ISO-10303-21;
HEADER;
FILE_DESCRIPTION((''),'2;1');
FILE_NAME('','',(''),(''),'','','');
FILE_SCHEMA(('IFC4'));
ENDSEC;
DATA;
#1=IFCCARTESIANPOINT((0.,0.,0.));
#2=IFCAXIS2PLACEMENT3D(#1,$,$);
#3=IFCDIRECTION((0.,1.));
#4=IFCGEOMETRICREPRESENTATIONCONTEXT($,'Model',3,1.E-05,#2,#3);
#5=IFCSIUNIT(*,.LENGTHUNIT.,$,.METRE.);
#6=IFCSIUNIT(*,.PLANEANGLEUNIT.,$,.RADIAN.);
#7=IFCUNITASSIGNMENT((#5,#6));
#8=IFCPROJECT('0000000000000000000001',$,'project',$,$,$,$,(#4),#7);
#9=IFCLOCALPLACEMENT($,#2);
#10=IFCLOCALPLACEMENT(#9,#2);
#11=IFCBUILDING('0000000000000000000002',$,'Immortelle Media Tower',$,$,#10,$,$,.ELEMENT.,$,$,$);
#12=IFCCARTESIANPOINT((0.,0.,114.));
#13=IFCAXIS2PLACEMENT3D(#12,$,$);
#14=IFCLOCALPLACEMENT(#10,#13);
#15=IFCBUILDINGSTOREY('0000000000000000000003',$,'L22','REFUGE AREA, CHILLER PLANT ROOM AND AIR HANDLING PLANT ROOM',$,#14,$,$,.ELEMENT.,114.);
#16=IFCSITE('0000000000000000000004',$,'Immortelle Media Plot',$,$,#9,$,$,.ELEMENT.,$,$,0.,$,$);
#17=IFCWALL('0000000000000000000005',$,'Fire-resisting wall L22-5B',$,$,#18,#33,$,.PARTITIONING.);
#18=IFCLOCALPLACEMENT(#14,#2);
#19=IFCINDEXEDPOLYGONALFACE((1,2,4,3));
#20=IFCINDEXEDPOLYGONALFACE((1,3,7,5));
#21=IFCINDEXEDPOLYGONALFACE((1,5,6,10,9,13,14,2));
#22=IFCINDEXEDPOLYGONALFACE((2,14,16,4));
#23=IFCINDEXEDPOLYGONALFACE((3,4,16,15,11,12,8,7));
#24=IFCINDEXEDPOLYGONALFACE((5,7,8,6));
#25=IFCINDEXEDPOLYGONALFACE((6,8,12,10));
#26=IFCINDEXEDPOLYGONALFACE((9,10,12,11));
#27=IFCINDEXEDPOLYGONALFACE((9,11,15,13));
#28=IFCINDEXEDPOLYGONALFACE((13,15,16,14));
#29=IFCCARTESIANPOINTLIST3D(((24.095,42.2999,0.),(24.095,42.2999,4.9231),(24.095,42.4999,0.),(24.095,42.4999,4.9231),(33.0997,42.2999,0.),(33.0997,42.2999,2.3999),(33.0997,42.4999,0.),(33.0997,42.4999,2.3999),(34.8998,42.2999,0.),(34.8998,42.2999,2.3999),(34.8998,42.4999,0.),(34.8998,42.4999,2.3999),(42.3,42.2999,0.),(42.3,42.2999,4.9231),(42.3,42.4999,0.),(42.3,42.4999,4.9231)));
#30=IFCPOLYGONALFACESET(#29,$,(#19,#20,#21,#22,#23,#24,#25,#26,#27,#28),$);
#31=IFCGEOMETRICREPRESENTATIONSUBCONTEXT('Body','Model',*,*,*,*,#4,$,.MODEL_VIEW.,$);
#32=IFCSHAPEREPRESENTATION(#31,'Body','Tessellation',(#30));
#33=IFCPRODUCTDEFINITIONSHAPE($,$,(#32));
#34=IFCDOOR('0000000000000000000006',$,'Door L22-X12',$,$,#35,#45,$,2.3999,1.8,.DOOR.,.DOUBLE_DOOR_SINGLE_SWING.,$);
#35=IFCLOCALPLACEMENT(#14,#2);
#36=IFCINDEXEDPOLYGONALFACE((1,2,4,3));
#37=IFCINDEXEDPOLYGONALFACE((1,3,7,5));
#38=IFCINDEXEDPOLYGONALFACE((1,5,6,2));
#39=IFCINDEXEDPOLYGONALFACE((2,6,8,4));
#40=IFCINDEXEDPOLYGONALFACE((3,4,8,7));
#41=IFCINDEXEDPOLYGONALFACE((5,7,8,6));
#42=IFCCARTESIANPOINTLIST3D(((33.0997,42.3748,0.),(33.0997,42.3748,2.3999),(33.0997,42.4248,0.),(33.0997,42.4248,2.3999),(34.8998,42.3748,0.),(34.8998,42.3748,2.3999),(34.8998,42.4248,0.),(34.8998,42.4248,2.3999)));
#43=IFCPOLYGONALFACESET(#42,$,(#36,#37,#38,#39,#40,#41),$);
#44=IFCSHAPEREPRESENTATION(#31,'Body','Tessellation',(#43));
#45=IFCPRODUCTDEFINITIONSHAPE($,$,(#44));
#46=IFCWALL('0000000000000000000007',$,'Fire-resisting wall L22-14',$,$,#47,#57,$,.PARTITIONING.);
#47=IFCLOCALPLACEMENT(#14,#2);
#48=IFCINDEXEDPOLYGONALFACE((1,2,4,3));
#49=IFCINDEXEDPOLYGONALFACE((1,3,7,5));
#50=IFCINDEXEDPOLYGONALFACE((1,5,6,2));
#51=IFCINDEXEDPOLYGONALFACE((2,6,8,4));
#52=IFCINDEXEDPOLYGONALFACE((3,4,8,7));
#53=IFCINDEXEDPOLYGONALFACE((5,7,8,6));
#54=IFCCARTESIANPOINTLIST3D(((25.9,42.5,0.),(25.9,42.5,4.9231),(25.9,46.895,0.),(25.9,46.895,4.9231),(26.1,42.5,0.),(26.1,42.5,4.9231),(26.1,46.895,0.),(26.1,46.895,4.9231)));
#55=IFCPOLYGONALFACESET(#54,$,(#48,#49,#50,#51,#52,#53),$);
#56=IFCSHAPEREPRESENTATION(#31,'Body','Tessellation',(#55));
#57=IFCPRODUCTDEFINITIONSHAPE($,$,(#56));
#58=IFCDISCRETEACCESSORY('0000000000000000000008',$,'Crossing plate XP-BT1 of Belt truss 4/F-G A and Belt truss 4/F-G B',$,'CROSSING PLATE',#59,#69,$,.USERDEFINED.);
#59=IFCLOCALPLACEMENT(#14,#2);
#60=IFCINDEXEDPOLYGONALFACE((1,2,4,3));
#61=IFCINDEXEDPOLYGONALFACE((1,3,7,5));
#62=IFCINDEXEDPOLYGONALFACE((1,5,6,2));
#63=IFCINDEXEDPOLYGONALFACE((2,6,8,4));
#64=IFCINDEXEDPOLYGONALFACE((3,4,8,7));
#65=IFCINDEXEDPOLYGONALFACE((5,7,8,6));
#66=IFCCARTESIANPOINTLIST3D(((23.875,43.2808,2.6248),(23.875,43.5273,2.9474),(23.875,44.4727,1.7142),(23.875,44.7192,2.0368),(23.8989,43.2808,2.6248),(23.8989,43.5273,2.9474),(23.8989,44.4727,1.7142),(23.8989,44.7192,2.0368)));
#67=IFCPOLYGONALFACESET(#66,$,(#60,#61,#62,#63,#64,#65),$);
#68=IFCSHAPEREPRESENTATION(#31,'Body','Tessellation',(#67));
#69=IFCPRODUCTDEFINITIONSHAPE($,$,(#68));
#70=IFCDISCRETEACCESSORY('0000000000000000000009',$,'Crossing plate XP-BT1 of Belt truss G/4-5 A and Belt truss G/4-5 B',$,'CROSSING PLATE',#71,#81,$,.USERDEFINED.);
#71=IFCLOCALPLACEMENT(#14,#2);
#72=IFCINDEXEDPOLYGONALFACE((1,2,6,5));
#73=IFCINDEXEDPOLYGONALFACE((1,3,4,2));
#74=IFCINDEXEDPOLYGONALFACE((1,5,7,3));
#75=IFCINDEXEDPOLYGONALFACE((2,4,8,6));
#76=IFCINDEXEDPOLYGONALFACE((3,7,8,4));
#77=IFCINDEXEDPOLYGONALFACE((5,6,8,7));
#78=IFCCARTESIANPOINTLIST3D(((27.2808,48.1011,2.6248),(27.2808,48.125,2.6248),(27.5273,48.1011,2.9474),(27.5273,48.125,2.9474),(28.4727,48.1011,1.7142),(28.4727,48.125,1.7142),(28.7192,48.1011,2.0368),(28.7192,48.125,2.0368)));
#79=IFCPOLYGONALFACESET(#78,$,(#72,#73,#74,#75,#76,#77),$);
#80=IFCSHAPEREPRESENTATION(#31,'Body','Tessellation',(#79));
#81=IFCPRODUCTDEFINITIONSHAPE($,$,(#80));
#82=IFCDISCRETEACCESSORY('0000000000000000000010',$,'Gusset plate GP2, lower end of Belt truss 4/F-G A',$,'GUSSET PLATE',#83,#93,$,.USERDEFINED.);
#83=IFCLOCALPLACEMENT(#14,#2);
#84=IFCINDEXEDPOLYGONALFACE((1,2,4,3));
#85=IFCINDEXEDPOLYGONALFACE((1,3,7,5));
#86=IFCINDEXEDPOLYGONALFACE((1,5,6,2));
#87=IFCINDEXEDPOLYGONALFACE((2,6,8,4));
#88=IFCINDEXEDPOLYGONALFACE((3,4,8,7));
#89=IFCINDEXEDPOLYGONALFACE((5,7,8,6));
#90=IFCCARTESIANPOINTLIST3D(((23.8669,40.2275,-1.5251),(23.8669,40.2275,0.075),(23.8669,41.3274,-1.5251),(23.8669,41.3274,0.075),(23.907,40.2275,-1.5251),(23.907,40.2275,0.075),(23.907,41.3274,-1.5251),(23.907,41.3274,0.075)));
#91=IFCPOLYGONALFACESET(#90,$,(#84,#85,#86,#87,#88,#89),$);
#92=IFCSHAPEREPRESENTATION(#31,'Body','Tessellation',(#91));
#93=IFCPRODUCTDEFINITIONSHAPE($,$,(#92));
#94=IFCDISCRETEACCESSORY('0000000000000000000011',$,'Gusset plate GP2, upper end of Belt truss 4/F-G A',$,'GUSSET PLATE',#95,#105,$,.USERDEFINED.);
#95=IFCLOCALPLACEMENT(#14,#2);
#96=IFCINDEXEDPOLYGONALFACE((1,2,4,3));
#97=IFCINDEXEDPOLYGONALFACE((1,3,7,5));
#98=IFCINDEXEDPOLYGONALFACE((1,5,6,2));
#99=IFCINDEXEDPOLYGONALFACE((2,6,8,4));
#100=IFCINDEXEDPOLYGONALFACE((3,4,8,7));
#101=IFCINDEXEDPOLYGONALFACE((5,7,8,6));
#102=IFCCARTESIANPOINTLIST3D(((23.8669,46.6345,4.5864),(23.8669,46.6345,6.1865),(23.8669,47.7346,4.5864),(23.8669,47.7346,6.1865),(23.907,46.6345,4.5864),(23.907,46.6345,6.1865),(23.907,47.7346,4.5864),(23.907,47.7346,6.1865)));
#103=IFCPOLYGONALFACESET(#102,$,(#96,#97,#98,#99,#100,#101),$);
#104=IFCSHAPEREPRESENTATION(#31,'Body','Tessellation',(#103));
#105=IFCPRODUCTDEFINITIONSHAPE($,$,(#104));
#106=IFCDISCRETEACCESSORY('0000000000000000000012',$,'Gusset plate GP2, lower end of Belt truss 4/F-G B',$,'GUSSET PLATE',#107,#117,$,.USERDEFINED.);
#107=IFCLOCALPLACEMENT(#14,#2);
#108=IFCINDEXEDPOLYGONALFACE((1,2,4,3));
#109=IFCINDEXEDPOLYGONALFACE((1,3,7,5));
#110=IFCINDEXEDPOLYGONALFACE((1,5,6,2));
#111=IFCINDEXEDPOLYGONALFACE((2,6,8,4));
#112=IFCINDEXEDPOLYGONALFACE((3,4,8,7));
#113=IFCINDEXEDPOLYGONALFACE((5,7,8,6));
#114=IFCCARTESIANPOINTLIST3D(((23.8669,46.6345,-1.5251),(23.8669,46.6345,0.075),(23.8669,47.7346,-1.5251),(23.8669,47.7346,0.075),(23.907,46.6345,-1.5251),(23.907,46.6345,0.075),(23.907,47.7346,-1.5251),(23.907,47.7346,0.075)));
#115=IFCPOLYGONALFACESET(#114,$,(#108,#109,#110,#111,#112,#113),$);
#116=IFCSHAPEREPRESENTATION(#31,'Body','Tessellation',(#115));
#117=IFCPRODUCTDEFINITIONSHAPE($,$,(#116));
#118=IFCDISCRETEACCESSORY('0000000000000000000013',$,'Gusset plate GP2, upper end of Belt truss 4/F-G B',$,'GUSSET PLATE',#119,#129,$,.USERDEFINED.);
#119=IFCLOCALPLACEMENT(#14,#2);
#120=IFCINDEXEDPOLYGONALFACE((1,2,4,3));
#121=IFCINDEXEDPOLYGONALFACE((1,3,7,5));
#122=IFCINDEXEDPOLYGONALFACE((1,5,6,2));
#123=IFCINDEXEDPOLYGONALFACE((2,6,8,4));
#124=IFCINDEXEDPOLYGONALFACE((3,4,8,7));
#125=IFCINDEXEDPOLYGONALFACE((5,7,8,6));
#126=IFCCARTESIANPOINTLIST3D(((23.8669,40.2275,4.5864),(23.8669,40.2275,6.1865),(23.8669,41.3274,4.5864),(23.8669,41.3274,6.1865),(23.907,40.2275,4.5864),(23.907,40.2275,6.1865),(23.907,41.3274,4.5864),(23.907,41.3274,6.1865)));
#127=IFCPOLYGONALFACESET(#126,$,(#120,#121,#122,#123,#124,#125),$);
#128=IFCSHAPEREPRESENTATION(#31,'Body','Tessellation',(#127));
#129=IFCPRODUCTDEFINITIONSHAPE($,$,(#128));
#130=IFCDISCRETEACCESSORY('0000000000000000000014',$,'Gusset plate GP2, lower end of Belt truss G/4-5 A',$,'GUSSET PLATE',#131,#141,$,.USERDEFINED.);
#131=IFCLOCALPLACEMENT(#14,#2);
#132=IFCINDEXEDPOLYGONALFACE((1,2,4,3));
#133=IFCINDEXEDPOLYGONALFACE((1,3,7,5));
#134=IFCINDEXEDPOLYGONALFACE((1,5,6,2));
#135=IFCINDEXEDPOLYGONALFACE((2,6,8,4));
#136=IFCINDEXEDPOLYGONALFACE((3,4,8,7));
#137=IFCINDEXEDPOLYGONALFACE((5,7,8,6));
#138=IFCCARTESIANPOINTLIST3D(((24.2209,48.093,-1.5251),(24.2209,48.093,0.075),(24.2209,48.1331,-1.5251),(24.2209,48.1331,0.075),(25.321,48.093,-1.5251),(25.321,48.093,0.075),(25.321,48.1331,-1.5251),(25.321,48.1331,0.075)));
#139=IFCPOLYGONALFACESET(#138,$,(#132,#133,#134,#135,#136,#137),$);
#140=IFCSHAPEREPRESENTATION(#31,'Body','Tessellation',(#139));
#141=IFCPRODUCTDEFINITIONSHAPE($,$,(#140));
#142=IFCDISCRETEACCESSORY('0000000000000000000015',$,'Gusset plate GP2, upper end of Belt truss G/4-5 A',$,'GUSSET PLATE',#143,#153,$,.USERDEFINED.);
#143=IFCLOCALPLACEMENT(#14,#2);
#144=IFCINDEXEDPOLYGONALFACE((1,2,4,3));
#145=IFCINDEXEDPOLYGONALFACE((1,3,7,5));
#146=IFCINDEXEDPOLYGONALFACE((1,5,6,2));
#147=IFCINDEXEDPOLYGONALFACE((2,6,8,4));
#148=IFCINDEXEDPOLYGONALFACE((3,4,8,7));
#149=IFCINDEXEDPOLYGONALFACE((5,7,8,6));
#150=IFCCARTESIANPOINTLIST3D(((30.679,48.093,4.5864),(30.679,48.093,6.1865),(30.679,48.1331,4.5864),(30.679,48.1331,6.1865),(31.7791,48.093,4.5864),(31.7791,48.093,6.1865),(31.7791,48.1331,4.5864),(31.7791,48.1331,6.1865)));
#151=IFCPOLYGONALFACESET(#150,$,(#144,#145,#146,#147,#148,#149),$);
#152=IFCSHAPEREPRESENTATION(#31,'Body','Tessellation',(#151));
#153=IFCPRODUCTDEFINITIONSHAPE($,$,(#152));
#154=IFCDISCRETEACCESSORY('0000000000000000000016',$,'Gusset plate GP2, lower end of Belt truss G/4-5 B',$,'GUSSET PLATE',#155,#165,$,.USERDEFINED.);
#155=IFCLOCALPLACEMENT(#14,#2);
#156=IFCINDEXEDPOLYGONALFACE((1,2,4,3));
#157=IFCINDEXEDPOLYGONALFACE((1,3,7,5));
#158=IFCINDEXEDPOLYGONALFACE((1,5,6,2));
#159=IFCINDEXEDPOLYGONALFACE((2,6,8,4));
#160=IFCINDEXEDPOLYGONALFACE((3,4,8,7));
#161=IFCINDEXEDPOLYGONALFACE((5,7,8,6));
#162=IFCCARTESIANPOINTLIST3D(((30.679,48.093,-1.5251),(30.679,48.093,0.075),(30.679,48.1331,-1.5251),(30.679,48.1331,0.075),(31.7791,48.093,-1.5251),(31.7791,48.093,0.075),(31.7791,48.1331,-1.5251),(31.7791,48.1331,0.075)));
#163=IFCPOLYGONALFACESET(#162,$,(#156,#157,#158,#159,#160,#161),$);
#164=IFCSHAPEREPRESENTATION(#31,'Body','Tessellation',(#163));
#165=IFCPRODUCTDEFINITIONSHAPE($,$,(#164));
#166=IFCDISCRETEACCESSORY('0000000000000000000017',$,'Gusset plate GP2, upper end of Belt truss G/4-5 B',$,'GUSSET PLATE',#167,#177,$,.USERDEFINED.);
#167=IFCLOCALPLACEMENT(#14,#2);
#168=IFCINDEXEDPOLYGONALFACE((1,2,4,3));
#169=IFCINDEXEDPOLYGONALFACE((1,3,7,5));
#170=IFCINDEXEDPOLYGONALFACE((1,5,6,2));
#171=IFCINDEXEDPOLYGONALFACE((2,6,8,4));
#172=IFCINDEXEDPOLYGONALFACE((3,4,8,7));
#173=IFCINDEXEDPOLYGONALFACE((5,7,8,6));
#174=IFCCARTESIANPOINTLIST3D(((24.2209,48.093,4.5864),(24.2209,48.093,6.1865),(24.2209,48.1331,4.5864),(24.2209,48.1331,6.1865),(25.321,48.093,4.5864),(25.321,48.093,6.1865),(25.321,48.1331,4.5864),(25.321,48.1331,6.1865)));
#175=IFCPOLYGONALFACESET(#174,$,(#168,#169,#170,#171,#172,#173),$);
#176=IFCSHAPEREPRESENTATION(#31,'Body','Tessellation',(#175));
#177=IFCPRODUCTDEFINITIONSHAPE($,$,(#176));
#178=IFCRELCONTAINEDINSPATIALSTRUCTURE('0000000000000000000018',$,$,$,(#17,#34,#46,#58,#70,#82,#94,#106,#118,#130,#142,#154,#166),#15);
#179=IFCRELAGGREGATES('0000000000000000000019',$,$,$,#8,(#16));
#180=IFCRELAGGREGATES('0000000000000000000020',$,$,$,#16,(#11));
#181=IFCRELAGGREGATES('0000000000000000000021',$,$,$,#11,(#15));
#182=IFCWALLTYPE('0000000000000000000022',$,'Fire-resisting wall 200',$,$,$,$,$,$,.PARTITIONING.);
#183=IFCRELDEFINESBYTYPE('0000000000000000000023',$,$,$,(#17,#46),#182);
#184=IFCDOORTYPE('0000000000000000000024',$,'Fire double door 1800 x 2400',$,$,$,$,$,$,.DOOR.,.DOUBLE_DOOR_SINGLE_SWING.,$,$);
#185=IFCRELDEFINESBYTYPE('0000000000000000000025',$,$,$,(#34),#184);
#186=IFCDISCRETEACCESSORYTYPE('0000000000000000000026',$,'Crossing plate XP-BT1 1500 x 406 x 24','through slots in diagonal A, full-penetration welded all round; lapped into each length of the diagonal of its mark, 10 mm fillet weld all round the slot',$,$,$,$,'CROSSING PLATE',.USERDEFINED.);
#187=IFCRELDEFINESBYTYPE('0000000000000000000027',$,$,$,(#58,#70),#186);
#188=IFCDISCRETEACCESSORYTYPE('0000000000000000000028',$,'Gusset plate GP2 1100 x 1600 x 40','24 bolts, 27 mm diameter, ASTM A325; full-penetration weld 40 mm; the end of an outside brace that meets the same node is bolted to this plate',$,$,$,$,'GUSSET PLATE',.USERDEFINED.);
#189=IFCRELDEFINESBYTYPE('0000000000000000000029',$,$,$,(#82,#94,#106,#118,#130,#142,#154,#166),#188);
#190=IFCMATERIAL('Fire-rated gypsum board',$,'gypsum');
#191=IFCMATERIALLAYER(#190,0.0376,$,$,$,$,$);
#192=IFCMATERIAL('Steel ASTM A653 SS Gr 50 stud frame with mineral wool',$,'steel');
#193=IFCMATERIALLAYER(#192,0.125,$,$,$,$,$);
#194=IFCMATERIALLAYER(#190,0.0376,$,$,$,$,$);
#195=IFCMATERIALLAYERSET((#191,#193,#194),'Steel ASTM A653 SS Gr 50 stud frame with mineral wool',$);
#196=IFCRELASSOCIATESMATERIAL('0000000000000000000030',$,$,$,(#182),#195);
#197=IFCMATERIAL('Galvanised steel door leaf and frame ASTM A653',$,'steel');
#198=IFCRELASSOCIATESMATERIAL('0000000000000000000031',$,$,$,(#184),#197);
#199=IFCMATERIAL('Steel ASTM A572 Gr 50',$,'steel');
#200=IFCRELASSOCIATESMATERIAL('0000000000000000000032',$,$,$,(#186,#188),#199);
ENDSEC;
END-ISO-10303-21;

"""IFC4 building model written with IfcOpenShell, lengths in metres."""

from ifc_helpers import new_model, si_unit, direction, frame, frame_2d, origin, origin_2d, place, context, subcontext, project, spatial, rectangle, extrude, material, layer, layer_set, material_profile, profile_set, type_object, element, fill, save


model = new_model("IFC4")

# Units and contexts
model_context = context("Model", 3, precision=1e-05, world=origin(), true_north=direction((0.0, 1.0)))
body_context = subcontext(model_context, "Body", "Model", "MODEL_VIEW")
ifc_project = project(units=[si_unit("LENGTHUNIT", "METRE"), si_unit("PLANEANGLEUNIT", "RADIAN")], contexts=[model_context])

# Site, building, storey
site_placement = place(None, origin())
site = spatial("IfcSite", under=ifc_project, at=site_placement, Name="Immortelle Media Plot", CompositionType="ELEMENT", RefElevation=0.0)
building_placement = place(site_placement, origin())
building = spatial("IfcBuilding", under=site, at=building_placement, Name="Immortelle Media Tower", CompositionType="ELEMENT")
storey_placement = place(building_placement, frame((0.0, 0.0, 114.0)))
storey = spatial("IfcBuildingStorey", under=building, at=storey_placement, Name="L22", Description="REFUGE AREA, CHILLER PLANT ROOM AND AIR HANDLING PLANT ROOM", CompositionType="ELEMENT", Elevation=114.0)

# Wall, opening, door
ifc_material_1 = material(Name="Fire-rated gypsum board", Category="gypsum")
ifc_layer_1 = layer(ifc_material_1, 0.0376)
ifc_material_2 = material(Name="Steel ASTM A653 SS Gr 50 stud frame with mineral wool", Category="steel")
ifc_layer_2 = layer(ifc_material_2, 0.125)
ifc_layer_3 = layer(ifc_material_1, 0.0376)
ifc_layer_set_1 = layer_set([ifc_layer_1, ifc_layer_2, ifc_layer_3], Name="Steel ASTM A653 SS Gr 50 stud frame with mineral wool")
wall_type = type_object("IfcWallType", Name="Fire-resisting wall 200", PredefinedType="PARTITIONING", material=ifc_layer_set_1)
wall_1_placement = place(storey_placement, frame((24.095, 42.3999, 0.0), z_axis=(0.0, 0.0, 1.0), x_axis=(1.0, 0.0, 0.0)))
wall_1 = element("IfcWall", 1, at=wall_1_placement, inside=storey, type_object=wall_type, Name="Fire-resisting wall L22-5B", PredefinedType="PARTITIONING", context=body_context, shape_type="SweptSolid", body=[
    extrude(rectangle(XDim=18.2051, YDim=0.2, at=frame_2d((9.1025, 0.0))), origin(), (0.0, 0.0, 1.0), 4.9231),
])
opening_placement = place(wall_1_placement, frame((9.0049, 0.0, 0.0)))
opening = element("IfcOpeningElement", 2, at=opening_placement, cuts=wall_1, PredefinedType="OPENING", context=body_context, shape_type="SweptSolid", body=[
    extrude(rectangle(XDim=1.8, YDim=2.3999, at=frame_2d((0.8999, 1.2))), frame((0.0, 0.1099, 0.0), z_axis=(0.0, -1.0, 0.0), x_axis=(1.0, 0.0, 0.0)), (0.0, 0.0, 1.0), 0.22),
])
ifc_material_3 = material(Name="Galvanised steel door leaf and frame ASTM A653", Category="steel")
door_type = type_object("IfcDoorType", Name="Fire double door 1800 x 2400", OperationType="DOUBLE_DOOR_SINGLE_SWING", PredefinedType="DOOR", material=ifc_material_3)
door_placement = place(opening_placement, origin())
door = element("IfcDoor", 3, at=door_placement, inside=storey, type_object=door_type, Name="Door L22-X12", OperationType="DOUBLE_DOOR_SINGLE_SWING", OverallHeight=2.3999, OverallWidth=1.8, PredefinedType="DOOR", context=body_context, shape_type="SweptSolid", body=[
    extrude(rectangle(XDim=1.8, YDim=2.3999, at=frame_2d((0.8999, 1.2))), frame((0.0, 0.0249, 0.0), z_axis=(0.0, -1.0, 0.0), x_axis=(1.0, 0.0, 0.0)), (0.0, 0.0, 1.0), 0.05),
])
fill(opening, door)

# Wall
wall_2_placement = place(storey_placement, frame((26.0, 42.5, 0.0), z_axis=(0.0, 0.0, 1.0), x_axis=(0.0, 1.0, 0.0)))
element("IfcWall", 4, at=wall_2_placement, inside=storey, type_object=wall_type, Name="Fire-resisting wall L22-14", PredefinedType="PARTITIONING", context=body_context, shape_type="SweptSolid", body=[
    extrude(rectangle(XDim=4.395, YDim=0.2, at=frame_2d((2.1975, 0.0))), origin(), (0.0, 0.0, 1.0), 4.9231),
])

# Discrete accessories
ifc_material_4 = material(Name="Steel ASTM A572 Gr 50", Category="steel")
ifc_material_profile_1 = material_profile(ifc_material_4, rectangle(XDim=0.0239, YDim=0.406, at=origin_2d()), Name="PL 24 x 406")
ifc_profile_set_1 = profile_set([ifc_material_profile_1], Name="Steel ASTM A572 Gr 50")
discrete_accessory_type_1 = type_object("IfcDiscreteAccessoryType", Name="Crossing plate XP-BT1 1500 x 406 x 24", Description="through slots in diagonal A, full-penetration welded all round; lapped into each length of the diagonal of its mark, 10 mm fillet weld all round the slot", ElementType="CROSSING PLATE", PredefinedType="USERDEFINED", material=ifc_profile_set_1)
for number, where, z_axis, x_axis, name in (
    (5, (23.887, 43.4041, 2.7861), (0.0, 0.794616, -0.607112), (-1.0, 0.0, 0.0), "Crossing plate XP-BT1 of Belt truss 4/F-G A and Belt truss 4/F-G B"),
    (6, (27.4041, 48.113, 2.7861), (0.794616, 0.0, -0.607112), (0.0, 1.0, 0.0), "Crossing plate XP-BT1 of Belt truss G/4-5 A and Belt truss G/4-5 B"),
):
    element("IfcDiscreteAccessory", number, at=place(storey_placement, frame(where, z_axis=z_axis, x_axis=x_axis)), inside=storey, type_object=discrete_accessory_type_1, Name=name, ObjectType="CROSSING PLATE", PredefinedType="USERDEFINED", context=body_context, shape_type="SweptSolid", body=[
        extrude(rectangle(XDim=0.0239, YDim=0.406, at=origin_2d()), origin(), (0.0, 0.0, 1.0), 1.5),
    ])
ifc_material_profile_2 = material_profile(ifc_material_4, rectangle(XDim=0.04, YDim=1.6001, at=origin_2d()), Name="PL 40 x 1600")
ifc_profile_set_2 = profile_set([ifc_material_profile_2], Name="Steel ASTM A572 Gr 50")
discrete_accessory_type_2 = type_object("IfcDiscreteAccessoryType", Name="Gusset plate GP2 1100 x 1600 x 40", Description="24 bolts, 27 mm diameter, ASTM A325; full-penetration weld 40 mm; the end of an outside brace that meets the same node is bolted to this plate", ElementType="GUSSET PLATE", PredefinedType="USERDEFINED", material=ifc_profile_set_2)
discrete_accessory_1_placement = place(storey_placement, frame((23.887, 40.2275, -0.7251), z_axis=(0.0, 1.0, 0.0), x_axis=(-1.0, 0.0, 0.0)))
element("IfcDiscreteAccessory", 7, at=discrete_accessory_1_placement, inside=storey, type_object=discrete_accessory_type_2, Name="Gusset plate GP2, lower end of Belt truss 4/F-G A", ObjectType="GUSSET PLATE", PredefinedType="USERDEFINED", context=body_context, shape_type="SweptSolid", body=[
    extrude(rectangle(XDim=0.04, YDim=1.6001, at=origin_2d()), origin(), (0.0, 0.0, 1.0), 1.0999),
])
for number, where, z_axis, x_axis, name in (
    (8, (23.887, 47.7346, 5.3865), (0.0, -1.0, 0.0), (1.0, 0.0, 0.0), "Gusset plate GP2, upper end of Belt truss 4/F-G A"),
    (9, (23.887, 47.7346, -0.7251), (0.0, -1.0, 0.0), (1.0, 0.0, 0.0), "Gusset plate GP2, lower end of Belt truss 4/F-G B"),
):
    element("IfcDiscreteAccessory", number, at=place(storey_placement, frame(where, z_axis=z_axis, x_axis=x_axis)), inside=storey, type_object=discrete_accessory_type_2, Name=name, ObjectType="GUSSET PLATE", PredefinedType="USERDEFINED", context=body_context, shape_type="SweptSolid", body=[
        extrude(rectangle(XDim=0.04, YDim=1.6001, at=origin_2d()), origin(), (0.0, 0.0, 1.0), 1.1001),
    ])
discrete_accessory_2_placement = place(storey_placement, frame((23.887, 40.2275, 5.3865), z_axis=(0.0, 1.0, 0.0), x_axis=(-1.0, 0.0, 0.0)))
element("IfcDiscreteAccessory", 10, at=discrete_accessory_2_placement, inside=storey, type_object=discrete_accessory_type_2, Name="Gusset plate GP2, upper end of Belt truss 4/F-G B", ObjectType="GUSSET PLATE", PredefinedType="USERDEFINED", context=body_context, shape_type="SweptSolid", body=[
    extrude(rectangle(XDim=0.04, YDim=1.6001, at=origin_2d()), origin(), (0.0, 0.0, 1.0), 1.0999),
])
for number, where, z_axis, x_axis, name in (
    (11, (24.2209, 48.113, -0.7251), (1.0, 0.0, 0.0), (0.0, 1.0, 0.0), "Gusset plate GP2, lower end of Belt truss G/4-5 A"),
    (12, (31.7791, 48.113, 5.3865), (-1.0, 0.0, 0.0), (0.0, -1.0, 0.0), "Gusset plate GP2, upper end of Belt truss G/4-5 A"),
    (13, (31.7791, 48.113, -0.7251), (-1.0, 0.0, 0.0), (0.0, -1.0, 0.0), "Gusset plate GP2, lower end of Belt truss G/4-5 B"),
    (14, (24.2209, 48.113, 5.3865), (1.0, 0.0, 0.0), (0.0, 1.0, 0.0), "Gusset plate GP2, upper end of Belt truss G/4-5 B"),
):
    element("IfcDiscreteAccessory", number, at=place(storey_placement, frame(where, z_axis=z_axis, x_axis=x_axis)), inside=storey, type_object=discrete_accessory_type_2, Name=name, ObjectType="GUSSET PLATE", PredefinedType="USERDEFINED", context=body_context, shape_type="SweptSolid", body=[
        extrude(rectangle(XDim=0.04, YDim=1.6001, at=origin_2d()), origin(), (0.0, 0.0, 1.0), 1.1001),
    ])

save(model, "model.ifc")
